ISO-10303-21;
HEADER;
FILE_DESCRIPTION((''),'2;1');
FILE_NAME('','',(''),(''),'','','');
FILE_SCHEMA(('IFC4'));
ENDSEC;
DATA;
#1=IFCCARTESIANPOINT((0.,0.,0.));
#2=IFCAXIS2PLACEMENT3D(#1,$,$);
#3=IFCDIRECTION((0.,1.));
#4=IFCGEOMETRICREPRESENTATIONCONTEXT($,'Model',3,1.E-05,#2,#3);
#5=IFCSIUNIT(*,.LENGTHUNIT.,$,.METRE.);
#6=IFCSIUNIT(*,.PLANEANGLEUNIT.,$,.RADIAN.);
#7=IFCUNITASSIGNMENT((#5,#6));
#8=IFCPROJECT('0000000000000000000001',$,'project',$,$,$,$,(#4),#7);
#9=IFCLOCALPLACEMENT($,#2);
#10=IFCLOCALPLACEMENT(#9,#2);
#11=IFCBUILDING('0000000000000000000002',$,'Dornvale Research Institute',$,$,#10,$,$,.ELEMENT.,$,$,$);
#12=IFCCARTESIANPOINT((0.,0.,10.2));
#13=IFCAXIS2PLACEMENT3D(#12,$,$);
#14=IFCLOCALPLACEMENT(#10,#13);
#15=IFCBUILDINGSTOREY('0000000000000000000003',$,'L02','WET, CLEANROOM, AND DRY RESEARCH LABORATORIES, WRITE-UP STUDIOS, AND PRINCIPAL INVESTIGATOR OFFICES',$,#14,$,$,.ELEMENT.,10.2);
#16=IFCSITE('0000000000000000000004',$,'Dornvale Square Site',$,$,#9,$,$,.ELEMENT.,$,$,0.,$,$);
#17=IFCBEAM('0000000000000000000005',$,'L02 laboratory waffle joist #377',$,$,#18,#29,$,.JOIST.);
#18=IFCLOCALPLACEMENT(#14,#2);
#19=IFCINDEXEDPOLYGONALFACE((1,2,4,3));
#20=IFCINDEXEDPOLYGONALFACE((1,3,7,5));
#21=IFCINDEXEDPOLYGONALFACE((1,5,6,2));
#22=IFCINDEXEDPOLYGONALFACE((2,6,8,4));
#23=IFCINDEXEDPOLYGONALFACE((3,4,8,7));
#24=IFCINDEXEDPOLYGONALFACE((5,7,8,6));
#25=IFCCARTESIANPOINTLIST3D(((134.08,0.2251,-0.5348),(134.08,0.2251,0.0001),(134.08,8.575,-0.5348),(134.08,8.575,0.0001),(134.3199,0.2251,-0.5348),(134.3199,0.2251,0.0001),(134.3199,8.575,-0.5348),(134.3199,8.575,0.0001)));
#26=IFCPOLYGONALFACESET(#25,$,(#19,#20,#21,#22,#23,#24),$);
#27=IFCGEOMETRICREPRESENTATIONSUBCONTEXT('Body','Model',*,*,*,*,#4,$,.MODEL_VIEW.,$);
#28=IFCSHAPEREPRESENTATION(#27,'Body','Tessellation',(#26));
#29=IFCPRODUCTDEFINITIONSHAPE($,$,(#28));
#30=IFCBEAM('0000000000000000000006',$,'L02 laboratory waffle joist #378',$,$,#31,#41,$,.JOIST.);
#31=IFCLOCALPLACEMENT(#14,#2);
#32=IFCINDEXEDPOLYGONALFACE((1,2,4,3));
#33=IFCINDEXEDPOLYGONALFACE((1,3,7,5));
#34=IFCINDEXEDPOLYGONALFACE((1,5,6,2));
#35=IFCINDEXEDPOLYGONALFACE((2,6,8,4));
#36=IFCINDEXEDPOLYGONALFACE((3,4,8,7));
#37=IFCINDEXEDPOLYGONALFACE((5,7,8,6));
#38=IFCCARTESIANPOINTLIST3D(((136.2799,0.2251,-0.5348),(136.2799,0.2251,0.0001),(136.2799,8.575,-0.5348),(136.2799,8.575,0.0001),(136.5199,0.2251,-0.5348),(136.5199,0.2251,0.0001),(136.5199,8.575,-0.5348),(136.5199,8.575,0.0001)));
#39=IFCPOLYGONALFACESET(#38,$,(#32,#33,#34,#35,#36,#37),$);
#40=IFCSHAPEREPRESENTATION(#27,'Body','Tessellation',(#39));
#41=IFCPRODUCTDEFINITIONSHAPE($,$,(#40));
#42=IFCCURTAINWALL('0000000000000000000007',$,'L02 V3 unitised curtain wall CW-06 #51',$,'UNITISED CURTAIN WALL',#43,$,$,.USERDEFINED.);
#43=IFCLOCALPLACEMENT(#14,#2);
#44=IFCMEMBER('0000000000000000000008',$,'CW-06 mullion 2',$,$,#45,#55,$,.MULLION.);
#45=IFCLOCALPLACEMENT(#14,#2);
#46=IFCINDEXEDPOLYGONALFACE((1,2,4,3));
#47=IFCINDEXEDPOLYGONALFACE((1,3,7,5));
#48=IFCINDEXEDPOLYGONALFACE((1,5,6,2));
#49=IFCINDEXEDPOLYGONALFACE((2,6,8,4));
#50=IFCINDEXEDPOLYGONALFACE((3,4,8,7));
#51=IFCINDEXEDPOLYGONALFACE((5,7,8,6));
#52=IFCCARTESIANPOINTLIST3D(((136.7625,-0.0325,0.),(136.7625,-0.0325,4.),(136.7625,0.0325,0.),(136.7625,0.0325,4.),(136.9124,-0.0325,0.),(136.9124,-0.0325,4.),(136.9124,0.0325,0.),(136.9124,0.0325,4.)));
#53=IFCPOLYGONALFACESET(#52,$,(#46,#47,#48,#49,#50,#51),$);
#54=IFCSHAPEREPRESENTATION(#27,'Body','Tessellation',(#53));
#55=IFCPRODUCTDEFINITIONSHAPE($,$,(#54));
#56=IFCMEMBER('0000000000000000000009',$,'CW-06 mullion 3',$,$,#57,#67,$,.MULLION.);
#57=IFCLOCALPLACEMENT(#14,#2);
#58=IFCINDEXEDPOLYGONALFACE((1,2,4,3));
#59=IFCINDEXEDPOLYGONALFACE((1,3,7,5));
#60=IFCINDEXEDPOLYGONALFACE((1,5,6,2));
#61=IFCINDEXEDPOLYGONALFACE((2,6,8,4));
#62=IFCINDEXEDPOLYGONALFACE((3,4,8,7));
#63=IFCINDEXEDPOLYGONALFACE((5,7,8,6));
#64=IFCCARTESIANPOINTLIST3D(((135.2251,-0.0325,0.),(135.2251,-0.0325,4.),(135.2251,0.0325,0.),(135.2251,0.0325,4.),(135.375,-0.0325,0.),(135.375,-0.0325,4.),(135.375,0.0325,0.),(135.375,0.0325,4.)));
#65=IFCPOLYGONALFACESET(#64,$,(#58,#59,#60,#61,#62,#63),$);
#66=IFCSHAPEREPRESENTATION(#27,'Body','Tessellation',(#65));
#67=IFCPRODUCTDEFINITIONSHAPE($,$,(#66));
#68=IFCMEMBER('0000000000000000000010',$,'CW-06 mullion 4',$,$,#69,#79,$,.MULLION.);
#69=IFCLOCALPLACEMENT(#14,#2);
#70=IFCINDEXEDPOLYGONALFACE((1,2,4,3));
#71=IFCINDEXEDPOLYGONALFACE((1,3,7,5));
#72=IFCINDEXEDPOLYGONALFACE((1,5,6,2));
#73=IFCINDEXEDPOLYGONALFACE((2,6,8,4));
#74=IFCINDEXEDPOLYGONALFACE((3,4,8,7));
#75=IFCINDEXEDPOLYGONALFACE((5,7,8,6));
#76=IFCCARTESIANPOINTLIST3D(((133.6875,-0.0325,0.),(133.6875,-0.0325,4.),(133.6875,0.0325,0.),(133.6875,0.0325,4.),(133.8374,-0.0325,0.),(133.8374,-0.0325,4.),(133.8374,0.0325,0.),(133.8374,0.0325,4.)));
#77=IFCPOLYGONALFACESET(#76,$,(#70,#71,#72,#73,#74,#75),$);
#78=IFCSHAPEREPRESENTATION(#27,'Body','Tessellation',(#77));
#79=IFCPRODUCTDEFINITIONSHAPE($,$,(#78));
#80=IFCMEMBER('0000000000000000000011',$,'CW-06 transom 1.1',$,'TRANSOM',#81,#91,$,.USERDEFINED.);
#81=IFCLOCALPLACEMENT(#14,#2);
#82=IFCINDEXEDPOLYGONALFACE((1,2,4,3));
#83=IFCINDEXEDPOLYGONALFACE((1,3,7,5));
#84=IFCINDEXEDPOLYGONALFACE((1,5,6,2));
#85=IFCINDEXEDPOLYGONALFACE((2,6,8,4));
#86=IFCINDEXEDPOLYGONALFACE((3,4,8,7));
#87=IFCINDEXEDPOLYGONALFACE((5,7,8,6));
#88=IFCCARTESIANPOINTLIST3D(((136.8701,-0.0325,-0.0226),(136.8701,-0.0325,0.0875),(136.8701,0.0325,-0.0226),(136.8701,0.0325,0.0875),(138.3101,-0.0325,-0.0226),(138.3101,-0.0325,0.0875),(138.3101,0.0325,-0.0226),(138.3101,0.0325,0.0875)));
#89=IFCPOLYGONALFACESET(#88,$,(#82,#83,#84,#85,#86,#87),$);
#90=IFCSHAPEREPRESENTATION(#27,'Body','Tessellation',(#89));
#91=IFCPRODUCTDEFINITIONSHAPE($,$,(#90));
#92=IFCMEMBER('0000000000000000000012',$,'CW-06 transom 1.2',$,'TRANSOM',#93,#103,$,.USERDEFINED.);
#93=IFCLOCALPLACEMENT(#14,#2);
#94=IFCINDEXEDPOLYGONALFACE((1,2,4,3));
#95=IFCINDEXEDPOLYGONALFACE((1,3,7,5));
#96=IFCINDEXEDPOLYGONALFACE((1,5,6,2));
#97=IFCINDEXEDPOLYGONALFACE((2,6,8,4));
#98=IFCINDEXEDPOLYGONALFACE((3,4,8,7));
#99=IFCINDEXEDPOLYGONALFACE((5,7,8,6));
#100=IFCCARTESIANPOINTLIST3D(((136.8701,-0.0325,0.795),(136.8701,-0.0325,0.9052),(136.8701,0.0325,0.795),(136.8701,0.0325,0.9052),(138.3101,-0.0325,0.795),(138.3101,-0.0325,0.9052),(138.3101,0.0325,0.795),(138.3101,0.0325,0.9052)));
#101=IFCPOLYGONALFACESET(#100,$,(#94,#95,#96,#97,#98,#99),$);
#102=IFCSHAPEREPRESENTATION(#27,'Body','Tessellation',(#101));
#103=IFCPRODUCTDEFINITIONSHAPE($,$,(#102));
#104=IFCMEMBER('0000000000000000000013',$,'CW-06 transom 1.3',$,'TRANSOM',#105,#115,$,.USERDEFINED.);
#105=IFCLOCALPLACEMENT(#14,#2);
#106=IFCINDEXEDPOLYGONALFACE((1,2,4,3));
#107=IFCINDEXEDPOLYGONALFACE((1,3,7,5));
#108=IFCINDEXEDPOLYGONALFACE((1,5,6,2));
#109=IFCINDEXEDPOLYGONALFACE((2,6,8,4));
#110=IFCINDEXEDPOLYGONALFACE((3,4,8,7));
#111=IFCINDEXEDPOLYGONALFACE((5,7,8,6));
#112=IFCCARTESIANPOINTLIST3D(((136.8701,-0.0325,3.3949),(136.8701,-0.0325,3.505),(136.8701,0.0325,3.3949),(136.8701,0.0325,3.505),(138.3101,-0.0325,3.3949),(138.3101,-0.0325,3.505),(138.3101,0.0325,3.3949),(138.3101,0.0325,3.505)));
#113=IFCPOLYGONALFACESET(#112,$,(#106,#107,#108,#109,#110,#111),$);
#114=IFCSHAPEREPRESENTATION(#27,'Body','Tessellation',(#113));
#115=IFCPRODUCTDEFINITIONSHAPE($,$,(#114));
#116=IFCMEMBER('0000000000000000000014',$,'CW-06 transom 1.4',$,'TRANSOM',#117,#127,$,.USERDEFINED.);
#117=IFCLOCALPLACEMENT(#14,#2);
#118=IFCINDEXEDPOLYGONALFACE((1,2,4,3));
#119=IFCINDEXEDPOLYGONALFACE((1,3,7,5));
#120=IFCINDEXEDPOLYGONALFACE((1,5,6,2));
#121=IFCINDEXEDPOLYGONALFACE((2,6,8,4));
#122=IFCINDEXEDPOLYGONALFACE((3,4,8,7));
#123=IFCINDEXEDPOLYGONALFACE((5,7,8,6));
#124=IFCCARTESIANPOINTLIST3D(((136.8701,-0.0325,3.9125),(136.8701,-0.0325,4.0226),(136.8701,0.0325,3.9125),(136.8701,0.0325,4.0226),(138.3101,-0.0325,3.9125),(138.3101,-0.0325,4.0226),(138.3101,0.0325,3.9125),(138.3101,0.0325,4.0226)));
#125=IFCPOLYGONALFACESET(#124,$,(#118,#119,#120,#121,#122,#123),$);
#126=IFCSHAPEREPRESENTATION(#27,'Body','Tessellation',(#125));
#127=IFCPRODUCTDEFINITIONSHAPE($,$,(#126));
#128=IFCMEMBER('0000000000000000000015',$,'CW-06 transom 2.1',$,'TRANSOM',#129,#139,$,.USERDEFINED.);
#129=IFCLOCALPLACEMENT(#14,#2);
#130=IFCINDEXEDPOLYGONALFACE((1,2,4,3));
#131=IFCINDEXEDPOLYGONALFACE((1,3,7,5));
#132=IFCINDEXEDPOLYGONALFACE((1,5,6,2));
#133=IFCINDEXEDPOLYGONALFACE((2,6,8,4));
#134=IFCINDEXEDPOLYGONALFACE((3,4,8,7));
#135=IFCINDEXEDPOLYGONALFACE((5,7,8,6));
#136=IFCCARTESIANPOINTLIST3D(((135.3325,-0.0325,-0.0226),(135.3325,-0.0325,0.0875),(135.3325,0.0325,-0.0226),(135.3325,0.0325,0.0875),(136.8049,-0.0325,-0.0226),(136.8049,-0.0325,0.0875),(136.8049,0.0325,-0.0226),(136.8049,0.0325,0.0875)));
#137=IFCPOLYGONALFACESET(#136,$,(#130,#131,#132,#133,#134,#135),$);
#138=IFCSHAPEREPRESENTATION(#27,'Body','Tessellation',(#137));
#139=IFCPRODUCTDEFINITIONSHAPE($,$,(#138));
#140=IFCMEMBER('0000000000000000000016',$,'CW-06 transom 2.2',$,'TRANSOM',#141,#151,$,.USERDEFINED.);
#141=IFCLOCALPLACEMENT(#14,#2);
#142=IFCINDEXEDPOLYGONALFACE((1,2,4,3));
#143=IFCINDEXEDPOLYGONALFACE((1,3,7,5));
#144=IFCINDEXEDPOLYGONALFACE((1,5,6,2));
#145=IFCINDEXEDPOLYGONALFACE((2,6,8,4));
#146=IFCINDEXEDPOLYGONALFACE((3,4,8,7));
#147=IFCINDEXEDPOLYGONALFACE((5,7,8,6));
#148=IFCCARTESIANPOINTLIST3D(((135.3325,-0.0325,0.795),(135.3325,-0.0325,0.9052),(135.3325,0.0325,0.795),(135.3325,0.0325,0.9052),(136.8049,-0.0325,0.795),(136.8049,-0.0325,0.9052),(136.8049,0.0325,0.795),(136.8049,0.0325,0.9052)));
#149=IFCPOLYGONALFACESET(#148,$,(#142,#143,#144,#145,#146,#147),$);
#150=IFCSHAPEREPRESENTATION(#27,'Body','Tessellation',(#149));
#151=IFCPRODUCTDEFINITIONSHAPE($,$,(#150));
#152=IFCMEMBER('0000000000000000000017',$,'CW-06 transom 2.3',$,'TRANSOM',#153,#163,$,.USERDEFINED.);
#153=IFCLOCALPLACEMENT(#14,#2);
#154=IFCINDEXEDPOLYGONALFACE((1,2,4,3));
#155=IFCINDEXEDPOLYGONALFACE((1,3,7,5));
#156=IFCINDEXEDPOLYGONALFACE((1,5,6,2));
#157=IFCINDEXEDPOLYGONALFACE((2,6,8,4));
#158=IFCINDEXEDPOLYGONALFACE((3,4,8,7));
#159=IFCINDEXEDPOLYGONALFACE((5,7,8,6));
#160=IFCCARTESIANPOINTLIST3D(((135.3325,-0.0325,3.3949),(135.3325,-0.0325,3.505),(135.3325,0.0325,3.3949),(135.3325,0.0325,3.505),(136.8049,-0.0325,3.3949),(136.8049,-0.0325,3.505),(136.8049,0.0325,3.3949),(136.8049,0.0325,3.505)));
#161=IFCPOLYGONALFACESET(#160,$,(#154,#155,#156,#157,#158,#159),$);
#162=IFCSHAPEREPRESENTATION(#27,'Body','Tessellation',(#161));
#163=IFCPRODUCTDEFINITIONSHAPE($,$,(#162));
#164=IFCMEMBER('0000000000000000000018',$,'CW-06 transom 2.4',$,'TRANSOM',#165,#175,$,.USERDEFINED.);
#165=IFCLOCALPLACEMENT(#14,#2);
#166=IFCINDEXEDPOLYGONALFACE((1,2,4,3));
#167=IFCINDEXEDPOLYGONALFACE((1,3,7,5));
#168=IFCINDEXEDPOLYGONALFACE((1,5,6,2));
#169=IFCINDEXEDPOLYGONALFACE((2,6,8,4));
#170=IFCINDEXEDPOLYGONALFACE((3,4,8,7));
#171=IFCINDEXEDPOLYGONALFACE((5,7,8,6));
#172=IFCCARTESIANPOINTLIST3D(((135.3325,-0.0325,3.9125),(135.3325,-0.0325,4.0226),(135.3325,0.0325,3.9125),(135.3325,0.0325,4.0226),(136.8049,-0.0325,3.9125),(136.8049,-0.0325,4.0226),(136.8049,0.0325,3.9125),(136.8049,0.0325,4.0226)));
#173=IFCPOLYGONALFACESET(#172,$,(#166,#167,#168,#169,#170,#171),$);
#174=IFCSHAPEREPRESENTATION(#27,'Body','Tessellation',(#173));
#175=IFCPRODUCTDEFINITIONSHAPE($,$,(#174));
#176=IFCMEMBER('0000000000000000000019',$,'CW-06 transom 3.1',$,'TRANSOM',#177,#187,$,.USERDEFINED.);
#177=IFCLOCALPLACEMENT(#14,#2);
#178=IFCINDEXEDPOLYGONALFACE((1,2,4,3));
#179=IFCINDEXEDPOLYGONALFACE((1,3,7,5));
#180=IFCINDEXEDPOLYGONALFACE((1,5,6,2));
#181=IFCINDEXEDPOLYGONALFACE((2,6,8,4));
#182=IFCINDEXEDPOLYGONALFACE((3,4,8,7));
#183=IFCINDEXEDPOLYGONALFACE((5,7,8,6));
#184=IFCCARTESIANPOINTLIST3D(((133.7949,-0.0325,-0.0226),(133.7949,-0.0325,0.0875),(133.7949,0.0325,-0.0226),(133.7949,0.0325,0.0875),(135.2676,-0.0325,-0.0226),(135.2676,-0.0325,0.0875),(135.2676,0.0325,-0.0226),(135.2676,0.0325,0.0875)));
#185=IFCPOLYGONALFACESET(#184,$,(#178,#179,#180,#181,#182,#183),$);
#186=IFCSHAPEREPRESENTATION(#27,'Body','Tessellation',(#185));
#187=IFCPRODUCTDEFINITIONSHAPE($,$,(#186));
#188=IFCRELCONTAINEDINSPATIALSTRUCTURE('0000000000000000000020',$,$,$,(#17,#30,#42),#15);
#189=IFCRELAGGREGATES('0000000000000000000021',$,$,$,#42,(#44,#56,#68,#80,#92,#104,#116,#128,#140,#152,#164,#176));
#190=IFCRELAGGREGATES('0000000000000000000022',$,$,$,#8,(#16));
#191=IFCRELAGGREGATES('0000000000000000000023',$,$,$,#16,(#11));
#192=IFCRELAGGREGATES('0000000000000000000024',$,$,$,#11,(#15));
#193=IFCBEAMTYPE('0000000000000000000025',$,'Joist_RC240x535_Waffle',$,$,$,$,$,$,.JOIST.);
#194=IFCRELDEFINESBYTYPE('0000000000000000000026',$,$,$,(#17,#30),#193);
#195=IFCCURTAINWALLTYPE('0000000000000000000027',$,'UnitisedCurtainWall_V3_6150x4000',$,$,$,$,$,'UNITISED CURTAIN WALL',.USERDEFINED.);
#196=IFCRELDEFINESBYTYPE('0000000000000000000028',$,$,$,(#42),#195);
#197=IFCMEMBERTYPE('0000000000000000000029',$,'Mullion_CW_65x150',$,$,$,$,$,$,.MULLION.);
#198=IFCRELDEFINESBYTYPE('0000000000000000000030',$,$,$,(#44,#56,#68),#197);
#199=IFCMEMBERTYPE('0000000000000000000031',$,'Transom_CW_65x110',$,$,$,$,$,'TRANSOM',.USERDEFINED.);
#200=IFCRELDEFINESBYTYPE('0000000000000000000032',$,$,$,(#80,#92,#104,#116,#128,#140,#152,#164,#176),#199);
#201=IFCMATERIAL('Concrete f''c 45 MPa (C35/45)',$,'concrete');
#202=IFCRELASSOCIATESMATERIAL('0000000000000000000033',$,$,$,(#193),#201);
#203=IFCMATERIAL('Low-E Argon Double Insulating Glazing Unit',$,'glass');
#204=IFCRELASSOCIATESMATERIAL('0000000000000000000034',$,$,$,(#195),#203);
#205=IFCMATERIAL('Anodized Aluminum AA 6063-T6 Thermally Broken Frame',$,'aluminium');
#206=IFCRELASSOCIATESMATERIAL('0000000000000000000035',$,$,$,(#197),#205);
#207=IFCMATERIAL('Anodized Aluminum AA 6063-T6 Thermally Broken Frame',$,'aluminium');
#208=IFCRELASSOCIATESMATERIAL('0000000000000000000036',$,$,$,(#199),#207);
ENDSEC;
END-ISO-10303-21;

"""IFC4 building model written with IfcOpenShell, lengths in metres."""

from ifc_helpers import new_model, si_unit, direction, frame, origin, origin_2d, place, context, subcontext, project, spatial, rectangle, extrude, material, material_profile, profile_set, type_object, element, aggregate, save


model = new_model("IFC4")

# Units and contexts
model_context = context("Model", 3, precision=1e-05, world=origin(), true_north=direction((0.0, 1.0)))
body_context = subcontext(model_context, "Body", "Model", "MODEL_VIEW")
ifc_project = project(units=[si_unit("LENGTHUNIT", "METRE"), si_unit("PLANEANGLEUNIT", "RADIAN")], contexts=[model_context])

# Site, building, storey
site_placement = place(None, origin())
site = spatial("IfcSite", under=ifc_project, at=site_placement, Name="Dornvale Square Site", CompositionType="ELEMENT", RefElevation=0.0)
building_placement = place(site_placement, origin())
building = spatial("IfcBuilding", under=site, at=building_placement, Name="Dornvale Research Institute", CompositionType="ELEMENT")
storey_placement = place(building_placement, frame((0.0, 0.0, 10.2)))
storey = spatial("IfcBuildingStorey", under=building, at=storey_placement, Name="L02", Description="WET, CLEANROOM, AND DRY RESEARCH LABORATORIES, WRITE-UP STUDIOS, AND PRINCIPAL INVESTIGATOR OFFICES", CompositionType="ELEMENT", Elevation=10.2)

# Beams
ifc_material_1 = material(Name="Concrete f'c 45 MPa (C35/45)", Category="concrete")
ifc_material_profile_1 = material_profile(ifc_material_1, rectangle(XDim=0.24, YDim=0.5349, at=origin_2d()), Name="RC 240x535")
ifc_profile_set_1 = profile_set([ifc_material_profile_1], Name="Concrete f'c 45 MPa (C35/45)")
beam_type = type_object("IfcBeamType", Name="Joist_RC240x535_Waffle", PredefinedType="JOIST", material=ifc_profile_set_1)
for number, where, z_axis, x_axis, name in (
    (1, (134.2, 0.2251, -0.2673), (0.0, 1.0, 0.0), (-1.0, 0.0, 0.0), "L02 laboratory waffle joist #377"),
    (2, (136.3999, 0.2251, -0.2673), (0.0, 1.0, 0.0), (-1.0, 0.0, 0.0), "L02 laboratory waffle joist #378"),
):
    element("IfcBeam", number, at=place(storey_placement, frame(where, z_axis=z_axis, x_axis=x_axis)), inside=storey, type_object=beam_type, Name=name, PredefinedType="JOIST", context=body_context, shape_type="SweptSolid", body=[
        extrude(rectangle(XDim=0.24, YDim=0.5349, at=origin_2d()), origin(), (0.0, 0.0, 1.0), 8.3499),
    ])

# Curtain wall, members
ifc_material_2 = material(Name="Low-E Argon Double Insulating Glazing Unit", Category="glass")
curtain_wall_type = type_object("IfcCurtainWallType", Name="UnitisedCurtainWall_V3_6150x4000", ElementType="UNITISED CURTAIN WALL", PredefinedType="USERDEFINED", material=ifc_material_2)
curtain_wall_placement = place(storey_placement, origin())
curtain_wall = element("IfcCurtainWall", 3, at=curtain_wall_placement, inside=storey, type_object=curtain_wall_type, Name="L02 V3 unitised curtain wall CW-06 #51", ObjectType="UNITISED CURTAIN WALL", PredefinedType="USERDEFINED")
ifc_material_3 = material(Name="Anodized Aluminum AA 6063-T6 Thermally Broken Frame", Category="aluminium")
ifc_material_profile_2 = material_profile(ifc_material_3, rectangle(XDim=0.0649, YDim=0.1499, at=origin_2d()), Name="ALU MULLION 65x150")
ifc_profile_set_2 = profile_set([ifc_material_profile_2], Name="Anodized Aluminum AA 6063-T6 Thermally Broken Frame")
member_type_1 = type_object("IfcMemberType", Name="Mullion_CW_65x150", PredefinedType="MULLION", material=ifc_profile_set_2)
member_1_placement = place(storey_placement, frame((136.8374, 0.0, 0.0), z_axis=(0.0, 0.0, 1.0), x_axis=(0.0, -1.0, 0.0)))
member_1 = element("IfcMember", 4, at=member_1_placement, type_object=member_type_1, Name="CW-06 mullion 2", PredefinedType="MULLION", context=body_context, shape_type="SweptSolid", body=[
    extrude(rectangle(XDim=0.0649, YDim=0.1499, at=origin_2d()), origin(), (0.0, 0.0, 1.0), 4.0),
])
member_2_placement = place(storey_placement, frame((135.3, 0.0, 0.0), z_axis=(0.0, 0.0, 1.0), x_axis=(0.0, -1.0, 0.0)))
member_2 = element("IfcMember", 5, at=member_2_placement, type_object=member_type_1, Name="CW-06 mullion 3", PredefinedType="MULLION", context=body_context, shape_type="SweptSolid", body=[
    extrude(rectangle(XDim=0.0649, YDim=0.1499, at=origin_2d()), origin(), (0.0, 0.0, 1.0), 4.0),
])
member_3_placement = place(storey_placement, frame((133.7625, 0.0, 0.0), z_axis=(0.0, 0.0, 1.0), x_axis=(0.0, -1.0, 0.0)))
member_3 = element("IfcMember", 6, at=member_3_placement, type_object=member_type_1, Name="CW-06 mullion 4", PredefinedType="MULLION", context=body_context, shape_type="SweptSolid", body=[
    extrude(rectangle(XDim=0.0649, YDim=0.1499, at=origin_2d()), origin(), (0.0, 0.0, 1.0), 4.0),
])
ifc_material_4 = material(Name="Anodized Aluminum AA 6063-T6 Thermally Broken Frame", Category="aluminium")
ifc_material_profile_3 = material_profile(ifc_material_4, rectangle(XDim=0.0649, YDim=0.1101, at=origin_2d()), Name="ALU TRANSOM 65x110")
ifc_profile_set_3 = profile_set([ifc_material_profile_3], Name="Anodized Aluminum AA 6063-T6 Thermally Broken Frame")
member_type_2 = type_object("IfcMemberType", Name="Transom_CW_65x110", ElementType="TRANSOM", PredefinedType="USERDEFINED", material=ifc_profile_set_3)
member_4_placement = place(storey_placement, frame((138.3101, 0.0, 0.0325), z_axis=(-1.0, 0.0, 0.0), x_axis=(0.0, -1.0, 0.0)))
member_4 = element("IfcMember", 7, at=member_4_placement, type_object=member_type_2, Name="CW-06 transom 1.1", ObjectType="TRANSOM", PredefinedType="USERDEFINED", context=body_context, shape_type="SweptSolid", body=[
    extrude(rectangle(XDim=0.0649, YDim=0.1101, at=origin_2d()), origin(), (0.0, 0.0, 1.0), 1.4399),
])
member_5_placement = place(storey_placement, frame((138.3101, 0.0, 0.8501), z_axis=(-1.0, 0.0, 0.0), x_axis=(0.0, -1.0, 0.0)))
member_5 = element("IfcMember", 8, at=member_5_placement, type_object=member_type_2, Name="CW-06 transom 1.2", ObjectType="TRANSOM", PredefinedType="USERDEFINED", context=body_context, shape_type="SweptSolid", body=[
    extrude(rectangle(XDim=0.0649, YDim=0.1101, at=origin_2d()), origin(), (0.0, 0.0, 1.0), 1.4399),
])
member_6_placement = place(storey_placement, frame((138.3101, 0.0, 3.45), z_axis=(-1.0, 0.0, 0.0), x_axis=(0.0, -1.0, 0.0)))
member_6 = element("IfcMember", 9, at=member_6_placement, type_object=member_type_2, Name="CW-06 transom 1.3", ObjectType="TRANSOM", PredefinedType="USERDEFINED", context=body_context, shape_type="SweptSolid", body=[
    extrude(rectangle(XDim=0.0649, YDim=0.1101, at=origin_2d()), origin(), (0.0, 0.0, 1.0), 1.4399),
])
member_7_placement = place(storey_placement, frame((138.3101, 0.0, 3.9675), z_axis=(-1.0, 0.0, 0.0), x_axis=(0.0, -1.0, 0.0)))
member_7 = element("IfcMember", 10, at=member_7_placement, type_object=member_type_2, Name="CW-06 transom 1.4", ObjectType="TRANSOM", PredefinedType="USERDEFINED", context=body_context, shape_type="SweptSolid", body=[
    extrude(rectangle(XDim=0.0649, YDim=0.1101, at=origin_2d()), origin(), (0.0, 0.0, 1.0), 1.4399),
])
member_8_placement = place(storey_placement, frame((136.8049, 0.0, 0.0325), z_axis=(-1.0, 0.0, 0.0), x_axis=(0.0, -1.0, 0.0)))
member_8 = element("IfcMember", 11, at=member_8_placement, type_object=member_type_2, Name="CW-06 transom 2.1", ObjectType="TRANSOM", PredefinedType="USERDEFINED", context=body_context, shape_type="SweptSolid", body=[
    extrude(rectangle(XDim=0.0649, YDim=0.1101, at=origin_2d()), origin(), (0.0, 0.0, 1.0), 1.4724),
])
member_9_placement = place(storey_placement, frame((136.8049, 0.0, 0.8501), z_axis=(-1.0, 0.0, 0.0), x_axis=(0.0, -1.0, 0.0)))
member_9 = element("IfcMember", 12, at=member_9_placement, type_object=member_type_2, Name="CW-06 transom 2.2", ObjectType="TRANSOM", PredefinedType="USERDEFINED", context=body_context, shape_type="SweptSolid", body=[
    extrude(rectangle(XDim=0.0649, YDim=0.1101, at=origin_2d()), origin(), (0.0, 0.0, 1.0), 1.4724),
])
member_10_placement = place(storey_placement, frame((136.8049, 0.0, 3.45), z_axis=(-1.0, 0.0, 0.0), x_axis=(0.0, -1.0, 0.0)))
member_10 = element("IfcMember", 13, at=member_10_placement, type_object=member_type_2, Name="CW-06 transom 2.3", ObjectType="TRANSOM", PredefinedType="USERDEFINED", context=body_context, shape_type="SweptSolid", body=[
    extrude(rectangle(XDim=0.0649, YDim=0.1101, at=origin_2d()), origin(), (0.0, 0.0, 1.0), 1.4724),
])
member_11_placement = place(storey_placement, frame((136.8049, 0.0, 3.9675), z_axis=(-1.0, 0.0, 0.0), x_axis=(0.0, -1.0, 0.0)))
member_11 = element("IfcMember", 14, at=member_11_placement, type_object=member_type_2, Name="CW-06 transom 2.4", ObjectType="TRANSOM", PredefinedType="USERDEFINED", context=body_context, shape_type="SweptSolid", body=[
    extrude(rectangle(XDim=0.0649, YDim=0.1101, at=origin_2d()), origin(), (0.0, 0.0, 1.0), 1.4724),
])
member_12_placement = place(storey_placement, frame((135.2676, 0.0, 0.0325), z_axis=(-1.0, 0.0, 0.0), x_axis=(0.0, -1.0, 0.0)))
member_12 = element("IfcMember", 15, at=member_12_placement, type_object=member_type_2, Name="CW-06 transom 3.1", ObjectType="TRANSOM", PredefinedType="USERDEFINED", context=body_context, shape_type="SweptSolid", body=[
    extrude(rectangle(XDim=0.0649, YDim=0.1101, at=origin_2d()), origin(), (0.0, 0.0, 1.0), 1.4727),
])
aggregate(curtain_wall, [member_1, member_2, member_3, member_4, member_5, member_6, member_7, member_8, member_9, member_10, member_11, member_12])

save(model, "model.ifc")
